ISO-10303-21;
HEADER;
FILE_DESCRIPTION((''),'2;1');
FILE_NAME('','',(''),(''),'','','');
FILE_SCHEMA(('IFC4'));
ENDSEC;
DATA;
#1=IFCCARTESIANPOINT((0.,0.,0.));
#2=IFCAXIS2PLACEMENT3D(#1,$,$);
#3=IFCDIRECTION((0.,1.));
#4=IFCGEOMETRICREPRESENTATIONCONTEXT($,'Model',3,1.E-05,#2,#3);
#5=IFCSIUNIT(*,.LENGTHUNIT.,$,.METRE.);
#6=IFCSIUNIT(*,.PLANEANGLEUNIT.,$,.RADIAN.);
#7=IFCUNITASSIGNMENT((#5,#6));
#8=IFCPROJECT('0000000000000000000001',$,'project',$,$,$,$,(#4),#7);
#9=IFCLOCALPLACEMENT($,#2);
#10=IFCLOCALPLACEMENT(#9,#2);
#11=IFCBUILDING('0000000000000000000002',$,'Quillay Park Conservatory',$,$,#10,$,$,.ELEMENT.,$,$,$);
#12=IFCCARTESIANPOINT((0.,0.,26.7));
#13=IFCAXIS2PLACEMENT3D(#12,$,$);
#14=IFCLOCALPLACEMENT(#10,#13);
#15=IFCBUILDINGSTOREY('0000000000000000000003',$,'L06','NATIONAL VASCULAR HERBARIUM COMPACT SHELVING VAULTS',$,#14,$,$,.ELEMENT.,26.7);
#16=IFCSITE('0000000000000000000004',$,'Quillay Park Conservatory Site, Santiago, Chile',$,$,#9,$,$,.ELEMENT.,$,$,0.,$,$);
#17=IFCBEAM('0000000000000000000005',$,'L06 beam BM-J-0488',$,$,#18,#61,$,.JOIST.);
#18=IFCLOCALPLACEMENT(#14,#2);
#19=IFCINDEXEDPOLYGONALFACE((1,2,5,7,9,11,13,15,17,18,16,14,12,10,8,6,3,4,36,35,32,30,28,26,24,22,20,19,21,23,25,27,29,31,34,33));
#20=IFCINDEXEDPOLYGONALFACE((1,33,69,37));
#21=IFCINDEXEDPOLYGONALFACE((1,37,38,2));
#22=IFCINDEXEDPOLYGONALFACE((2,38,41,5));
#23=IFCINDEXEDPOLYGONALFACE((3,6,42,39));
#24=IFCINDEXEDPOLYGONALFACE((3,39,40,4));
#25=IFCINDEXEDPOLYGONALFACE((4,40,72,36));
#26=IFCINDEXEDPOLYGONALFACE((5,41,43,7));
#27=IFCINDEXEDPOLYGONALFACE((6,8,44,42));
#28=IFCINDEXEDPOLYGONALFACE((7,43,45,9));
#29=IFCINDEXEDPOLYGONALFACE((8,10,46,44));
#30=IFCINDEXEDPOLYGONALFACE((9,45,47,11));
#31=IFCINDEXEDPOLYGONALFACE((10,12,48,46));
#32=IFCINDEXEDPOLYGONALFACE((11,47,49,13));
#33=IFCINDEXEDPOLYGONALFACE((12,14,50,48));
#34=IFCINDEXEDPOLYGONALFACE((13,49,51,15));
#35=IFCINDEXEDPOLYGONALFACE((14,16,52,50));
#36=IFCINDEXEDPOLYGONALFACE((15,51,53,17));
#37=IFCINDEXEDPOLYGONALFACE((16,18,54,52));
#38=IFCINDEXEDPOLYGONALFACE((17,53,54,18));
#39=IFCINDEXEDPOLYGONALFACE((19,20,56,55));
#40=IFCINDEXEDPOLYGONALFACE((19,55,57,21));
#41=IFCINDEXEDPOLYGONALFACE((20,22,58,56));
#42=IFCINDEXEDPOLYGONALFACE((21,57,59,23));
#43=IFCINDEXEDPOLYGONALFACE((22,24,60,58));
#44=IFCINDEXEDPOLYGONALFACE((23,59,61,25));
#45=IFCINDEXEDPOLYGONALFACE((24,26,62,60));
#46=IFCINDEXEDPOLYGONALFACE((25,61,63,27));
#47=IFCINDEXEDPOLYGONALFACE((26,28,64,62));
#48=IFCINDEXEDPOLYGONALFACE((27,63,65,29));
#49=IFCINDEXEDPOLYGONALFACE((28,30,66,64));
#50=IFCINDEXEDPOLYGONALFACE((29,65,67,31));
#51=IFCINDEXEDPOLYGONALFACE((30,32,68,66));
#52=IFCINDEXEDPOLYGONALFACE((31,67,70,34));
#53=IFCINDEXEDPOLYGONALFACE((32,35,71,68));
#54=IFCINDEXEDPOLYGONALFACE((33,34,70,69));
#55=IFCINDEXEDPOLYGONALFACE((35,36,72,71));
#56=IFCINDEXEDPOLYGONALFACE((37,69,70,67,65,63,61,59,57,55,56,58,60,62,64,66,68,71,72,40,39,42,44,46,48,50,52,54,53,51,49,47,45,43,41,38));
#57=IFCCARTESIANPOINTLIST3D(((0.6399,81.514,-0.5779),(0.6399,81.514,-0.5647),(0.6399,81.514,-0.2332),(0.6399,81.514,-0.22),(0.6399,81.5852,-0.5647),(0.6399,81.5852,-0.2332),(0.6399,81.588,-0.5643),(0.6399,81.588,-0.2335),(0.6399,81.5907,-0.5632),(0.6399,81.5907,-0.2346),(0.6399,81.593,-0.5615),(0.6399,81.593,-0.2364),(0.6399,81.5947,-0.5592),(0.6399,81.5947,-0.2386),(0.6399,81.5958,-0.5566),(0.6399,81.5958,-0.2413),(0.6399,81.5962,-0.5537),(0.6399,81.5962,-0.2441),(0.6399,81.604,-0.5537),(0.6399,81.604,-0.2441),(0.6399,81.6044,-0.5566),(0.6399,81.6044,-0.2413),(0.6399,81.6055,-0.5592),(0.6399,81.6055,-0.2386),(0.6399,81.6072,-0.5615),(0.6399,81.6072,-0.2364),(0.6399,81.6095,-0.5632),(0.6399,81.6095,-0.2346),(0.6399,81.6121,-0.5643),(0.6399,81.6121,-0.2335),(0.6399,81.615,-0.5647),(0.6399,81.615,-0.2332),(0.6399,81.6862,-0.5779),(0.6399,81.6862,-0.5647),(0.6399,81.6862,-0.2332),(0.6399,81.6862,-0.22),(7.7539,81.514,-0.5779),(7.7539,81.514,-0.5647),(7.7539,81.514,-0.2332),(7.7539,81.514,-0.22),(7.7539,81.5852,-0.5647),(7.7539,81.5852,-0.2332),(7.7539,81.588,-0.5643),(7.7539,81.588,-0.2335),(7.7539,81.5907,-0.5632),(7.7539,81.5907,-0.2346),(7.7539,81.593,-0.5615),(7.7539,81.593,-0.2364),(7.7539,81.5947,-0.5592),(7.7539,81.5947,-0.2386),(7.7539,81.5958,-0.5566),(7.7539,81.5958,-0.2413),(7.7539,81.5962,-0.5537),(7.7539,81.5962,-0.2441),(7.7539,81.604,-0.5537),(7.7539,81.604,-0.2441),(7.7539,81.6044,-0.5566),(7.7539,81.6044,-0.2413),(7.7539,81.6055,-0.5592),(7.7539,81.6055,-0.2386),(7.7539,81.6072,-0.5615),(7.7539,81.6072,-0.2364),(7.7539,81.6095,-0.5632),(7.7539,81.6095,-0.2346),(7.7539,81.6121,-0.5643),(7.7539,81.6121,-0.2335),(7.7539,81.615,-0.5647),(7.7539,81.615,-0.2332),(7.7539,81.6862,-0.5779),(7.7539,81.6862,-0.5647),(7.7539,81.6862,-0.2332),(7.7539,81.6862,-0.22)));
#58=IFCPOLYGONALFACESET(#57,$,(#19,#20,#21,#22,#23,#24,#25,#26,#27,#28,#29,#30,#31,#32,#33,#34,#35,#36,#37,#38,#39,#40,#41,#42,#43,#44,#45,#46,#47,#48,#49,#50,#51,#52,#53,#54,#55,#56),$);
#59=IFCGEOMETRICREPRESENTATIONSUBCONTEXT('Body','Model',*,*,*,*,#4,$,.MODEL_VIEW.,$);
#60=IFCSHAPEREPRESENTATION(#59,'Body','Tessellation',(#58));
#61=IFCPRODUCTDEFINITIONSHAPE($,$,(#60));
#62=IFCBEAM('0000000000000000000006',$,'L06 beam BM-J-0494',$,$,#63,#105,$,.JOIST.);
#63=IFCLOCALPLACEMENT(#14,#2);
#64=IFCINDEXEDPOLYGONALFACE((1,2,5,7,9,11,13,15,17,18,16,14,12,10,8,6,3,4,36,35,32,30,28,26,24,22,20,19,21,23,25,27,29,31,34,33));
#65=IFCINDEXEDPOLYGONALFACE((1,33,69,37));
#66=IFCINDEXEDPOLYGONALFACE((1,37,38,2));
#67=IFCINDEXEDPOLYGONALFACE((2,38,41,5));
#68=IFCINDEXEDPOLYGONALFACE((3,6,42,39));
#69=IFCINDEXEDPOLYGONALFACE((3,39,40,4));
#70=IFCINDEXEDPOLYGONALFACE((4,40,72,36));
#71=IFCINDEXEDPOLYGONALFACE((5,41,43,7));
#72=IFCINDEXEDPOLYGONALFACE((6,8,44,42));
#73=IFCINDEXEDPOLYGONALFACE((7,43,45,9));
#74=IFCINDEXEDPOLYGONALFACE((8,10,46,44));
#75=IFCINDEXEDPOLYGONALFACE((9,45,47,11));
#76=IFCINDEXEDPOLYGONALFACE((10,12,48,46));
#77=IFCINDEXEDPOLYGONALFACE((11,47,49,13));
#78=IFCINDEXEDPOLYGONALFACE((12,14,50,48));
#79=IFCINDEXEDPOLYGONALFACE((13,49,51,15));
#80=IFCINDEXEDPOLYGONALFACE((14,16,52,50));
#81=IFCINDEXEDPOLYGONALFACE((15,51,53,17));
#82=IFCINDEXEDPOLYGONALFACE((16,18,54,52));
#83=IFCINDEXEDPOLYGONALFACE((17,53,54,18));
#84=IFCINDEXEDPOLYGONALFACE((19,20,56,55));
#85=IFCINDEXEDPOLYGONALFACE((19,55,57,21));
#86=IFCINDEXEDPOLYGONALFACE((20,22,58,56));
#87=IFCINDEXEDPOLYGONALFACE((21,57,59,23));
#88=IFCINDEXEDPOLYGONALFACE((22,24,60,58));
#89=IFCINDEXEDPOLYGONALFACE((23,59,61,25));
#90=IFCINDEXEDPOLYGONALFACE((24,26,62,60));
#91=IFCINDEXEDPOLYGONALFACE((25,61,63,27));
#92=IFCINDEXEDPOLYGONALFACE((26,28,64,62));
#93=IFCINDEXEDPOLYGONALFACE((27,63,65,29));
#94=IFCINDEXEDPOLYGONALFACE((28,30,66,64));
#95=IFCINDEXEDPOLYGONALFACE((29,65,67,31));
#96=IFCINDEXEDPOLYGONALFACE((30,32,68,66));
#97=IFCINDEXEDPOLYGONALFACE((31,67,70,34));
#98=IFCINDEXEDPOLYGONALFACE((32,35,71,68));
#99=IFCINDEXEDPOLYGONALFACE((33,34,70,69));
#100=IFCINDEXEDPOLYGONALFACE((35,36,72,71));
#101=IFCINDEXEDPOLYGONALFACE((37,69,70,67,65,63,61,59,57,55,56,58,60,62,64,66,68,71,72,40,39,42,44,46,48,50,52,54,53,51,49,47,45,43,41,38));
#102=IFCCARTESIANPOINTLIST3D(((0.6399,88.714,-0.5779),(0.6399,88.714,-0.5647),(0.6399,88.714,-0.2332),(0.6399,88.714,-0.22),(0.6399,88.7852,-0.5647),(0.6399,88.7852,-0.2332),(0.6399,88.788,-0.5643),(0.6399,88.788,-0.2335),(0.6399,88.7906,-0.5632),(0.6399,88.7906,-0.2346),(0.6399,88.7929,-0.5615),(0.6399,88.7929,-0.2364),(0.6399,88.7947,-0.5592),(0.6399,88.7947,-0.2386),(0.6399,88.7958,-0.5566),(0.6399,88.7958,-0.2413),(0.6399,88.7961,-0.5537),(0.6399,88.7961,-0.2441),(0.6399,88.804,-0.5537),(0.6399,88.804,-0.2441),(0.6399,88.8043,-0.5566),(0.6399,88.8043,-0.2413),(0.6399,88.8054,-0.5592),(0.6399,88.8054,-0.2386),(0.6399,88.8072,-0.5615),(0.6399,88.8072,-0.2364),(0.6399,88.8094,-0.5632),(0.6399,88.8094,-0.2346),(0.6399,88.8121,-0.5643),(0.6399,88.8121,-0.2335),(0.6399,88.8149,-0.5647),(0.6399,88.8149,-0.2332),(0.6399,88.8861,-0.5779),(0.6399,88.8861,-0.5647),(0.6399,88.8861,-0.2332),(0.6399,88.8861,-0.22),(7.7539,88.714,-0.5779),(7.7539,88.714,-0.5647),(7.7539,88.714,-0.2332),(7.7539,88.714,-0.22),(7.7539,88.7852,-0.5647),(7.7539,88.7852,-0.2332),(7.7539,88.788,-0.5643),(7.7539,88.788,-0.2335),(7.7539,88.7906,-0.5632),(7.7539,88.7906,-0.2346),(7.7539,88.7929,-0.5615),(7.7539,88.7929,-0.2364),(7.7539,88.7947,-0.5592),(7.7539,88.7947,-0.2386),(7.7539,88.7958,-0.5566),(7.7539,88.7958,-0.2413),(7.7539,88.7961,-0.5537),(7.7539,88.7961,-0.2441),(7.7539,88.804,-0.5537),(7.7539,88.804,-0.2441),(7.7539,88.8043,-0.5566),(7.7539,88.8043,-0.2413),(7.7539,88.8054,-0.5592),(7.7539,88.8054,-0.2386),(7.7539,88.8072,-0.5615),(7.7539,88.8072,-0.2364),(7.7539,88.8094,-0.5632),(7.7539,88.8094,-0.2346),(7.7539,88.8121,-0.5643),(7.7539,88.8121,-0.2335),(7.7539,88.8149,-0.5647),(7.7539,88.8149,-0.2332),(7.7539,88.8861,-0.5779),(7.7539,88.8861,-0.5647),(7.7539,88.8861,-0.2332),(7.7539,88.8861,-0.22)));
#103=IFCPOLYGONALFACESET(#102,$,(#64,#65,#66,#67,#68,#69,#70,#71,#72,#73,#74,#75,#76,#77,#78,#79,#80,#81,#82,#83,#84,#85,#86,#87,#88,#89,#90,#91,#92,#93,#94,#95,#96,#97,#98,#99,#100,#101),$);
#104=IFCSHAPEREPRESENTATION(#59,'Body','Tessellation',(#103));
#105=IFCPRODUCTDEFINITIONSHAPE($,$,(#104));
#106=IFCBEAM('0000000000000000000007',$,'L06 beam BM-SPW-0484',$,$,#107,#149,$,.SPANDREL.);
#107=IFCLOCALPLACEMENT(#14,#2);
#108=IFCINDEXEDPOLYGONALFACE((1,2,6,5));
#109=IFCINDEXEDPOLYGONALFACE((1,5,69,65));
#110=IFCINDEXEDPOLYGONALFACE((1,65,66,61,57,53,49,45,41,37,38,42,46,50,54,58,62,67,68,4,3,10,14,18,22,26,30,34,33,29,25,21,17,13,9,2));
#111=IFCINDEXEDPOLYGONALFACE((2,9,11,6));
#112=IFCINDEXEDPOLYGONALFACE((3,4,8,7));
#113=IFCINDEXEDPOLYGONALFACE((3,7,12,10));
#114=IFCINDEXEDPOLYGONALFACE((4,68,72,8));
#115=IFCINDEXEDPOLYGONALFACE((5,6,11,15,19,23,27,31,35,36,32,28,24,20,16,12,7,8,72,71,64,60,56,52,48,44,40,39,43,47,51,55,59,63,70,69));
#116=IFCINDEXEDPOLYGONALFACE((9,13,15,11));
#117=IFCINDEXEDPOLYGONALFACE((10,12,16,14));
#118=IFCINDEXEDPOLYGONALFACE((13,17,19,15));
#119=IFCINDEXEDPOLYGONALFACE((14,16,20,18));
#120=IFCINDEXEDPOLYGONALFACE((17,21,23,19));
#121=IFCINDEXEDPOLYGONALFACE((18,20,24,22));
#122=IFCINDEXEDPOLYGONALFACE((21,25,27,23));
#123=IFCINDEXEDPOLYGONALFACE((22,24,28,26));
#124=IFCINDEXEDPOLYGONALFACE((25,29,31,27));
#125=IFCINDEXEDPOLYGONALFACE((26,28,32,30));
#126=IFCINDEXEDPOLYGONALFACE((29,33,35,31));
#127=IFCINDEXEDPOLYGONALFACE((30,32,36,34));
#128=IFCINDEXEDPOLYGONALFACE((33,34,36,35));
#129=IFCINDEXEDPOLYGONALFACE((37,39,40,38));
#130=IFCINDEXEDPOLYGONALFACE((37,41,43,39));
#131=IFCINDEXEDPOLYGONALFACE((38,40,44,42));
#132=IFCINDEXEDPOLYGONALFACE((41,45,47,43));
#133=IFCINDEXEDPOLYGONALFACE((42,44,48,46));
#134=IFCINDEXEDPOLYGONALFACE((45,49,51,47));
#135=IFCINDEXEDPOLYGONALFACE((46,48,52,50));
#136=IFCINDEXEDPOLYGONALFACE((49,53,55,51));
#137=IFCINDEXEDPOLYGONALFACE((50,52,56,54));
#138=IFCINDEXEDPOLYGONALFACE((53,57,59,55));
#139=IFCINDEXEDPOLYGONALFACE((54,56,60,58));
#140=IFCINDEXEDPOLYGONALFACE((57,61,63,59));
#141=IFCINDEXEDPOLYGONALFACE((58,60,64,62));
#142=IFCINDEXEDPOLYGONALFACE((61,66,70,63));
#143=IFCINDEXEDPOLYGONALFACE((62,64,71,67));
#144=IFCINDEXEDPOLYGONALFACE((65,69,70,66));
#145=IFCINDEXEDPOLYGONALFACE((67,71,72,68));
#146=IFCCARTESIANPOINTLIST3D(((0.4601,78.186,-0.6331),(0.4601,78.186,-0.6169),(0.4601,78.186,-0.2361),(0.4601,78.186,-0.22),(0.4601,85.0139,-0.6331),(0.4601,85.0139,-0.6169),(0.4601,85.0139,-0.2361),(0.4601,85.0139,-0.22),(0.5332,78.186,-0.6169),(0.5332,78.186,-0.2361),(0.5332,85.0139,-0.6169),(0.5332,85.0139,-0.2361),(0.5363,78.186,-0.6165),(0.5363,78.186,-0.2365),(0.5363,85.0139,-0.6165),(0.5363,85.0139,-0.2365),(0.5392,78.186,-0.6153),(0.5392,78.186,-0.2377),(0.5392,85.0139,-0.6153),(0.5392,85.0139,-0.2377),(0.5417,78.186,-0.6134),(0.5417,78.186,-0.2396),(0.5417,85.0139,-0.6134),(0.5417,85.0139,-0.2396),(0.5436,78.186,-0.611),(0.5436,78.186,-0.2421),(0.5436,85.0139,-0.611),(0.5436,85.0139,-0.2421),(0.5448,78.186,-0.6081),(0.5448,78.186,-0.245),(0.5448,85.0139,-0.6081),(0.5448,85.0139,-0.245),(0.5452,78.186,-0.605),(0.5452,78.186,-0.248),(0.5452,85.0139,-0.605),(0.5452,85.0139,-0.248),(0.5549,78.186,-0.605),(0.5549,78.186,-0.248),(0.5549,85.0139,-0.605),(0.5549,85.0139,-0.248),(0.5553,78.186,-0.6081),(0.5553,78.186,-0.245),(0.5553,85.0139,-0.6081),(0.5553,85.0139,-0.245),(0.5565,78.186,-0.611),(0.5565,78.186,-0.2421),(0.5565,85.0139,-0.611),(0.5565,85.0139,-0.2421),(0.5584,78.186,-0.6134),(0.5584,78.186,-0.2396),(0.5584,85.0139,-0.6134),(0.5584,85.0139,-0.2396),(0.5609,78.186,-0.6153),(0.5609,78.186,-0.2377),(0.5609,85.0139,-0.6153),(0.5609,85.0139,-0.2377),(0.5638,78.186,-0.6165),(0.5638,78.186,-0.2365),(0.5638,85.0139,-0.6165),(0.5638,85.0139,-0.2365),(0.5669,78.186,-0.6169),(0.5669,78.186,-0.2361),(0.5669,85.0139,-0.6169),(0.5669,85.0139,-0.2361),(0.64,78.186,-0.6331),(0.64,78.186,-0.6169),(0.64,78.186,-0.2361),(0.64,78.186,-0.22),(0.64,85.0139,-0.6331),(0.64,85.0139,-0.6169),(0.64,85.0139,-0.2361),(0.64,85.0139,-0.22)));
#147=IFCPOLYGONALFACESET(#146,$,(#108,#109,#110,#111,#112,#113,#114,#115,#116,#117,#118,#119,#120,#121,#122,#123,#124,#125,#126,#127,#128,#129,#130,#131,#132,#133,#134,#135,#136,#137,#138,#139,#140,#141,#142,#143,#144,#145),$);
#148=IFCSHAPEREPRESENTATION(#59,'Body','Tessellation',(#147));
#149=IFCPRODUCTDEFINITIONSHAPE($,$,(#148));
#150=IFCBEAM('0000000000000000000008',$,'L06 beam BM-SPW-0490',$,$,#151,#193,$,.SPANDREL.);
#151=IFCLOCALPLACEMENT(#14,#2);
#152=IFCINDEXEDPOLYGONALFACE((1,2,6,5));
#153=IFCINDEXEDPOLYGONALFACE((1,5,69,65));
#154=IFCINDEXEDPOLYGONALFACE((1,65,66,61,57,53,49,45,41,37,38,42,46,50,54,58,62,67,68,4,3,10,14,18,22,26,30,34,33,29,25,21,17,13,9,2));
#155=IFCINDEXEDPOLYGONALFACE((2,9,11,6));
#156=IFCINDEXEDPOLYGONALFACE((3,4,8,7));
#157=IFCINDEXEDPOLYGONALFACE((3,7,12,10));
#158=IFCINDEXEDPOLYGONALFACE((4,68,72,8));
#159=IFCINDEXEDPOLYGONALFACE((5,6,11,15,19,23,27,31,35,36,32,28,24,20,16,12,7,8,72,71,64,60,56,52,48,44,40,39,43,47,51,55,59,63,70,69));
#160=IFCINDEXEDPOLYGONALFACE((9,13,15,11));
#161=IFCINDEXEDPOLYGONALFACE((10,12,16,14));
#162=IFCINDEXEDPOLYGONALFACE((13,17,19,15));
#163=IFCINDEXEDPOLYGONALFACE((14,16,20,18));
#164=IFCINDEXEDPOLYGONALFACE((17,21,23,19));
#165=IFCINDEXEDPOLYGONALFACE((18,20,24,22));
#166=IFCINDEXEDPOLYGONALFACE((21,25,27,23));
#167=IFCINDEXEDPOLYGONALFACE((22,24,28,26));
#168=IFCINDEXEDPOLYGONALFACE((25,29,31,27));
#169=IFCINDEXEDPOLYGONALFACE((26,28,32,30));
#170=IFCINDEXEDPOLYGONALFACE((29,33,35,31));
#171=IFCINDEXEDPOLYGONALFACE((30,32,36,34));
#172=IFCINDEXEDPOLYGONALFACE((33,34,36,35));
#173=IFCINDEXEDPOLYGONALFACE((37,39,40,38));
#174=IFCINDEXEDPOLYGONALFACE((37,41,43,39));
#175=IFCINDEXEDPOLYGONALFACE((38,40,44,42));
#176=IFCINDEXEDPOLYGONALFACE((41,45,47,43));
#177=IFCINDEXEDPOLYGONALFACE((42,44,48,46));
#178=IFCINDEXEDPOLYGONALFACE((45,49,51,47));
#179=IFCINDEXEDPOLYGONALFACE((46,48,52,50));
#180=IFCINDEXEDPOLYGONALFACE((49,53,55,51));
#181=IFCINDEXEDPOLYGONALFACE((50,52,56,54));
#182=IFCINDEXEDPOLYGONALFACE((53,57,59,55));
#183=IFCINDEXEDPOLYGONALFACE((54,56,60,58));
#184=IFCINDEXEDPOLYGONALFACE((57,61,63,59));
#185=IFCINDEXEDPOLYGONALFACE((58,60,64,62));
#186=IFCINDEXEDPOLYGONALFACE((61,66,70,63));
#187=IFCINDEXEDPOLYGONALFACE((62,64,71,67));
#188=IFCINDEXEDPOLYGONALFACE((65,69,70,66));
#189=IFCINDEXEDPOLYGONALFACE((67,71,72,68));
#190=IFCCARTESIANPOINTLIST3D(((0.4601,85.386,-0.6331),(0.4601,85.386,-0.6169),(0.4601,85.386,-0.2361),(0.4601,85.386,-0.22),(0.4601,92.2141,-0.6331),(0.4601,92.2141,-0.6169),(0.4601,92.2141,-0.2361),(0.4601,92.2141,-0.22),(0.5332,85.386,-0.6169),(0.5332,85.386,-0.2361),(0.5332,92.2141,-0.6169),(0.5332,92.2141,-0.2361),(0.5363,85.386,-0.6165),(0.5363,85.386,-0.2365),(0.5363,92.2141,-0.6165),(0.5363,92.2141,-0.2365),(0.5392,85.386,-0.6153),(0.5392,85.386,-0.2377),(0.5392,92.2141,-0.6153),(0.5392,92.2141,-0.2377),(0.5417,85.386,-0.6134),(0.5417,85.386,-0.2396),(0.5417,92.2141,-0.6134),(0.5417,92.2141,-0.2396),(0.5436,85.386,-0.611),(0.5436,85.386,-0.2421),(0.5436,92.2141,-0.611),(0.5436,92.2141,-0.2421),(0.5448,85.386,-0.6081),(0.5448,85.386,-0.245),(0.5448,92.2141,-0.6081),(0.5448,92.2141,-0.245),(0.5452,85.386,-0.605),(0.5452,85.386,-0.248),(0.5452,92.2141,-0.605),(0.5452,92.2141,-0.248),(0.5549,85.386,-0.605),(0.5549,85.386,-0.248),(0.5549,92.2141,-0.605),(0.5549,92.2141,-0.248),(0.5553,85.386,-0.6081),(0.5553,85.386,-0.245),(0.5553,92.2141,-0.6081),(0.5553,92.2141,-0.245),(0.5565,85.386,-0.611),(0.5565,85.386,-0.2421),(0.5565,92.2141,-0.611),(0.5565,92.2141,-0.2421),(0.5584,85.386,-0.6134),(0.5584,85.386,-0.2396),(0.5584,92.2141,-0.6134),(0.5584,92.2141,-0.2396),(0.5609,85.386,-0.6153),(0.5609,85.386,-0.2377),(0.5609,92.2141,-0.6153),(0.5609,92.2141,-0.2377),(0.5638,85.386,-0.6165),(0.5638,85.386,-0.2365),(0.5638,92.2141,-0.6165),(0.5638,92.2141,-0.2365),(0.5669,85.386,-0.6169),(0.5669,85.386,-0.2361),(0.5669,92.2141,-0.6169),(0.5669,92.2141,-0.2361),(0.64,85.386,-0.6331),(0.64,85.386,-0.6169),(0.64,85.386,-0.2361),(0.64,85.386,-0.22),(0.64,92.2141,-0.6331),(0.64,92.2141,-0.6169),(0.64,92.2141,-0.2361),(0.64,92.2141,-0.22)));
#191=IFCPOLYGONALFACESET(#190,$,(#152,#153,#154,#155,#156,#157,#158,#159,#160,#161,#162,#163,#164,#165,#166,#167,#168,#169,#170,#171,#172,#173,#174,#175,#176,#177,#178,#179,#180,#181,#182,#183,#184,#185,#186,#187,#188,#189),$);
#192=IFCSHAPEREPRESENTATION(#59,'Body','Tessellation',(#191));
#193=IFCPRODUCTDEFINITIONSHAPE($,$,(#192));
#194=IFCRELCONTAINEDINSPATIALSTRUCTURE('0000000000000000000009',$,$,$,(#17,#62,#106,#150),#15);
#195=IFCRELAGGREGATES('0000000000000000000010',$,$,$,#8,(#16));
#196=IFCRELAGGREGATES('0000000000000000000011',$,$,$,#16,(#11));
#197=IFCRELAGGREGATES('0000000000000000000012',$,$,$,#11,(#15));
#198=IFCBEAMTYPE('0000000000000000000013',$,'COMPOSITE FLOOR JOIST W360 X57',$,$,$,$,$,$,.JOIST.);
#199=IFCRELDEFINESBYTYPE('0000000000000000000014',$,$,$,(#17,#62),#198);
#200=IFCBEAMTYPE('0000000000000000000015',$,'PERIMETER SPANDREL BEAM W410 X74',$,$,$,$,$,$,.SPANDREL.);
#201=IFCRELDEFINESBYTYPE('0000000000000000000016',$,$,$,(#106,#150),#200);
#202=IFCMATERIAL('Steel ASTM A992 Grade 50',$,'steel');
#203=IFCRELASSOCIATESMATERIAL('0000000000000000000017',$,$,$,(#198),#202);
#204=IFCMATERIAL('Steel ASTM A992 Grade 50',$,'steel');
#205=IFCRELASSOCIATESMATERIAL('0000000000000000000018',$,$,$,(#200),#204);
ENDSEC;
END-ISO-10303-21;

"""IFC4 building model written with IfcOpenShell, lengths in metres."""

from ifc_helpers import new_model, si_unit, direction, frame, origin, origin_2d, place, context, subcontext, project, spatial, i_section, extrude, material, material_profile, profile_set, type_object, element, save


model = new_model("IFC4")

# Units and contexts
model_context = context("Model", 3, precision=1e-05, world=origin(), true_north=direction((0.0, 1.0)))
body_context = subcontext(model_context, "Body", "Model", "MODEL_VIEW")
ifc_project = project(units=[si_unit("LENGTHUNIT", "METRE"), si_unit("PLANEANGLEUNIT", "RADIAN")], contexts=[model_context])

# Site, building, storey
site_placement = place(None, origin())
site = spatial("IfcSite", under=ifc_project, at=site_placement, Name="Quillay Park Conservatory Site, Santiago, Chile", CompositionType="ELEMENT", RefElevation=0.0)
building_placement = place(site_placement, origin())
building = spatial("IfcBuilding", under=site, at=building_placement, Name="Quillay Park Conservatory", CompositionType="ELEMENT")
storey_placement = place(building_placement, frame((0.0, 0.0, 26.7)))
storey = spatial("IfcBuildingStorey", under=building, at=storey_placement, Name="L06", Description="NATIONAL VASCULAR HERBARIUM COMPACT SHELVING VAULTS", CompositionType="ELEMENT", Elevation=26.7)

# Beams
ifc_material_1 = material(Name="Steel ASTM A992 Grade 50", Category="steel")
ifc_material_profile_1 = material_profile(ifc_material_1, i_section(OverallWidth=0.1721, OverallDepth=0.3579, WebThickness=0.0078, FlangeThickness=0.0132, FilletRadius=0.011, at=origin_2d()), Name="W360x57")
ifc_profile_set_1 = profile_set([ifc_material_profile_1], Name="Steel ASTM A992 Grade 50")
beam_type_1 = type_object("IfcBeamType", Name="COMPOSITE FLOOR JOIST W360 X57", PredefinedType="JOIST", material=ifc_profile_set_1)
for number, where, z_axis, x_axis, name in (
    (1, (0.6399, 81.6001, -0.3989), (1.0, 0.0, 0.0), (0.0, 1.0, 0.0), "L06 beam BM-J-0488"),
    (2, (0.6399, 88.8, -0.3989), (1.0, 0.0, 0.0), (0.0, 1.0, 0.0), "L06 beam BM-J-0494"),
):
    element("IfcBeam", number, at=place(storey_placement, frame(where, z_axis=z_axis, x_axis=x_axis)), inside=storey, type_object=beam_type_1, Name=name, PredefinedType="JOIST", context=body_context, shape_type="SweptSolid", body=[
        extrude(i_section(OverallWidth=0.1721, OverallDepth=0.3579, WebThickness=0.0078, FlangeThickness=0.0132, FilletRadius=0.011, at=origin_2d()), origin(), (0.0, 0.0, 1.0), 7.114),
    ])
ifc_material_2 = material(Name="Steel ASTM A992 Grade 50", Category="steel")
ifc_material_profile_2 = material_profile(ifc_material_2, i_section(OverallWidth=0.1799, OverallDepth=0.4131, WebThickness=0.0098, FlangeThickness=0.0161, FilletRadius=0.012, at=origin_2d()), Name="W410x74")
ifc_profile_set_2 = profile_set([ifc_material_profile_2], Name="Steel ASTM A992 Grade 50")
beam_type_2 = type_object("IfcBeamType", Name="PERIMETER SPANDREL BEAM W410 X74", PredefinedType="SPANDREL", material=ifc_profile_set_2)
beam_1_placement = place(storey_placement, frame((0.55, 78.186, -0.4265), z_axis=(0.0, 1.0, 0.0), x_axis=(-1.0, 0.0, 0.0)))
element("IfcBeam", 3, at=beam_1_placement, inside=storey, type_object=beam_type_2, Name="L06 beam BM-SPW-0484", PredefinedType="SPANDREL", context=body_context, shape_type="SweptSolid", body=[
    extrude(i_section(OverallWidth=0.1799, OverallDepth=0.4131, WebThickness=0.0098, FlangeThickness=0.0161, FilletRadius=0.012, at=origin_2d()), origin(), (0.0, 0.0, 1.0), 6.8279),
])
beam_2_placement = place(storey_placement, frame((0.55, 85.386, -0.4265), z_axis=(0.0, 1.0, 0.0), x_axis=(-1.0, 0.0, 0.0)))
element("IfcBeam", 4, at=beam_2_placement, inside=storey, type_object=beam_type_2, Name="L06 beam BM-SPW-0490", PredefinedType="SPANDREL", context=body_context, shape_type="SweptSolid", body=[
    extrude(i_section(OverallWidth=0.1799, OverallDepth=0.4131, WebThickness=0.0098, FlangeThickness=0.0161, FilletRadius=0.012, at=origin_2d()), origin(), (0.0, 0.0, 1.0), 6.8281),
])

save(model, "model.ifc")
